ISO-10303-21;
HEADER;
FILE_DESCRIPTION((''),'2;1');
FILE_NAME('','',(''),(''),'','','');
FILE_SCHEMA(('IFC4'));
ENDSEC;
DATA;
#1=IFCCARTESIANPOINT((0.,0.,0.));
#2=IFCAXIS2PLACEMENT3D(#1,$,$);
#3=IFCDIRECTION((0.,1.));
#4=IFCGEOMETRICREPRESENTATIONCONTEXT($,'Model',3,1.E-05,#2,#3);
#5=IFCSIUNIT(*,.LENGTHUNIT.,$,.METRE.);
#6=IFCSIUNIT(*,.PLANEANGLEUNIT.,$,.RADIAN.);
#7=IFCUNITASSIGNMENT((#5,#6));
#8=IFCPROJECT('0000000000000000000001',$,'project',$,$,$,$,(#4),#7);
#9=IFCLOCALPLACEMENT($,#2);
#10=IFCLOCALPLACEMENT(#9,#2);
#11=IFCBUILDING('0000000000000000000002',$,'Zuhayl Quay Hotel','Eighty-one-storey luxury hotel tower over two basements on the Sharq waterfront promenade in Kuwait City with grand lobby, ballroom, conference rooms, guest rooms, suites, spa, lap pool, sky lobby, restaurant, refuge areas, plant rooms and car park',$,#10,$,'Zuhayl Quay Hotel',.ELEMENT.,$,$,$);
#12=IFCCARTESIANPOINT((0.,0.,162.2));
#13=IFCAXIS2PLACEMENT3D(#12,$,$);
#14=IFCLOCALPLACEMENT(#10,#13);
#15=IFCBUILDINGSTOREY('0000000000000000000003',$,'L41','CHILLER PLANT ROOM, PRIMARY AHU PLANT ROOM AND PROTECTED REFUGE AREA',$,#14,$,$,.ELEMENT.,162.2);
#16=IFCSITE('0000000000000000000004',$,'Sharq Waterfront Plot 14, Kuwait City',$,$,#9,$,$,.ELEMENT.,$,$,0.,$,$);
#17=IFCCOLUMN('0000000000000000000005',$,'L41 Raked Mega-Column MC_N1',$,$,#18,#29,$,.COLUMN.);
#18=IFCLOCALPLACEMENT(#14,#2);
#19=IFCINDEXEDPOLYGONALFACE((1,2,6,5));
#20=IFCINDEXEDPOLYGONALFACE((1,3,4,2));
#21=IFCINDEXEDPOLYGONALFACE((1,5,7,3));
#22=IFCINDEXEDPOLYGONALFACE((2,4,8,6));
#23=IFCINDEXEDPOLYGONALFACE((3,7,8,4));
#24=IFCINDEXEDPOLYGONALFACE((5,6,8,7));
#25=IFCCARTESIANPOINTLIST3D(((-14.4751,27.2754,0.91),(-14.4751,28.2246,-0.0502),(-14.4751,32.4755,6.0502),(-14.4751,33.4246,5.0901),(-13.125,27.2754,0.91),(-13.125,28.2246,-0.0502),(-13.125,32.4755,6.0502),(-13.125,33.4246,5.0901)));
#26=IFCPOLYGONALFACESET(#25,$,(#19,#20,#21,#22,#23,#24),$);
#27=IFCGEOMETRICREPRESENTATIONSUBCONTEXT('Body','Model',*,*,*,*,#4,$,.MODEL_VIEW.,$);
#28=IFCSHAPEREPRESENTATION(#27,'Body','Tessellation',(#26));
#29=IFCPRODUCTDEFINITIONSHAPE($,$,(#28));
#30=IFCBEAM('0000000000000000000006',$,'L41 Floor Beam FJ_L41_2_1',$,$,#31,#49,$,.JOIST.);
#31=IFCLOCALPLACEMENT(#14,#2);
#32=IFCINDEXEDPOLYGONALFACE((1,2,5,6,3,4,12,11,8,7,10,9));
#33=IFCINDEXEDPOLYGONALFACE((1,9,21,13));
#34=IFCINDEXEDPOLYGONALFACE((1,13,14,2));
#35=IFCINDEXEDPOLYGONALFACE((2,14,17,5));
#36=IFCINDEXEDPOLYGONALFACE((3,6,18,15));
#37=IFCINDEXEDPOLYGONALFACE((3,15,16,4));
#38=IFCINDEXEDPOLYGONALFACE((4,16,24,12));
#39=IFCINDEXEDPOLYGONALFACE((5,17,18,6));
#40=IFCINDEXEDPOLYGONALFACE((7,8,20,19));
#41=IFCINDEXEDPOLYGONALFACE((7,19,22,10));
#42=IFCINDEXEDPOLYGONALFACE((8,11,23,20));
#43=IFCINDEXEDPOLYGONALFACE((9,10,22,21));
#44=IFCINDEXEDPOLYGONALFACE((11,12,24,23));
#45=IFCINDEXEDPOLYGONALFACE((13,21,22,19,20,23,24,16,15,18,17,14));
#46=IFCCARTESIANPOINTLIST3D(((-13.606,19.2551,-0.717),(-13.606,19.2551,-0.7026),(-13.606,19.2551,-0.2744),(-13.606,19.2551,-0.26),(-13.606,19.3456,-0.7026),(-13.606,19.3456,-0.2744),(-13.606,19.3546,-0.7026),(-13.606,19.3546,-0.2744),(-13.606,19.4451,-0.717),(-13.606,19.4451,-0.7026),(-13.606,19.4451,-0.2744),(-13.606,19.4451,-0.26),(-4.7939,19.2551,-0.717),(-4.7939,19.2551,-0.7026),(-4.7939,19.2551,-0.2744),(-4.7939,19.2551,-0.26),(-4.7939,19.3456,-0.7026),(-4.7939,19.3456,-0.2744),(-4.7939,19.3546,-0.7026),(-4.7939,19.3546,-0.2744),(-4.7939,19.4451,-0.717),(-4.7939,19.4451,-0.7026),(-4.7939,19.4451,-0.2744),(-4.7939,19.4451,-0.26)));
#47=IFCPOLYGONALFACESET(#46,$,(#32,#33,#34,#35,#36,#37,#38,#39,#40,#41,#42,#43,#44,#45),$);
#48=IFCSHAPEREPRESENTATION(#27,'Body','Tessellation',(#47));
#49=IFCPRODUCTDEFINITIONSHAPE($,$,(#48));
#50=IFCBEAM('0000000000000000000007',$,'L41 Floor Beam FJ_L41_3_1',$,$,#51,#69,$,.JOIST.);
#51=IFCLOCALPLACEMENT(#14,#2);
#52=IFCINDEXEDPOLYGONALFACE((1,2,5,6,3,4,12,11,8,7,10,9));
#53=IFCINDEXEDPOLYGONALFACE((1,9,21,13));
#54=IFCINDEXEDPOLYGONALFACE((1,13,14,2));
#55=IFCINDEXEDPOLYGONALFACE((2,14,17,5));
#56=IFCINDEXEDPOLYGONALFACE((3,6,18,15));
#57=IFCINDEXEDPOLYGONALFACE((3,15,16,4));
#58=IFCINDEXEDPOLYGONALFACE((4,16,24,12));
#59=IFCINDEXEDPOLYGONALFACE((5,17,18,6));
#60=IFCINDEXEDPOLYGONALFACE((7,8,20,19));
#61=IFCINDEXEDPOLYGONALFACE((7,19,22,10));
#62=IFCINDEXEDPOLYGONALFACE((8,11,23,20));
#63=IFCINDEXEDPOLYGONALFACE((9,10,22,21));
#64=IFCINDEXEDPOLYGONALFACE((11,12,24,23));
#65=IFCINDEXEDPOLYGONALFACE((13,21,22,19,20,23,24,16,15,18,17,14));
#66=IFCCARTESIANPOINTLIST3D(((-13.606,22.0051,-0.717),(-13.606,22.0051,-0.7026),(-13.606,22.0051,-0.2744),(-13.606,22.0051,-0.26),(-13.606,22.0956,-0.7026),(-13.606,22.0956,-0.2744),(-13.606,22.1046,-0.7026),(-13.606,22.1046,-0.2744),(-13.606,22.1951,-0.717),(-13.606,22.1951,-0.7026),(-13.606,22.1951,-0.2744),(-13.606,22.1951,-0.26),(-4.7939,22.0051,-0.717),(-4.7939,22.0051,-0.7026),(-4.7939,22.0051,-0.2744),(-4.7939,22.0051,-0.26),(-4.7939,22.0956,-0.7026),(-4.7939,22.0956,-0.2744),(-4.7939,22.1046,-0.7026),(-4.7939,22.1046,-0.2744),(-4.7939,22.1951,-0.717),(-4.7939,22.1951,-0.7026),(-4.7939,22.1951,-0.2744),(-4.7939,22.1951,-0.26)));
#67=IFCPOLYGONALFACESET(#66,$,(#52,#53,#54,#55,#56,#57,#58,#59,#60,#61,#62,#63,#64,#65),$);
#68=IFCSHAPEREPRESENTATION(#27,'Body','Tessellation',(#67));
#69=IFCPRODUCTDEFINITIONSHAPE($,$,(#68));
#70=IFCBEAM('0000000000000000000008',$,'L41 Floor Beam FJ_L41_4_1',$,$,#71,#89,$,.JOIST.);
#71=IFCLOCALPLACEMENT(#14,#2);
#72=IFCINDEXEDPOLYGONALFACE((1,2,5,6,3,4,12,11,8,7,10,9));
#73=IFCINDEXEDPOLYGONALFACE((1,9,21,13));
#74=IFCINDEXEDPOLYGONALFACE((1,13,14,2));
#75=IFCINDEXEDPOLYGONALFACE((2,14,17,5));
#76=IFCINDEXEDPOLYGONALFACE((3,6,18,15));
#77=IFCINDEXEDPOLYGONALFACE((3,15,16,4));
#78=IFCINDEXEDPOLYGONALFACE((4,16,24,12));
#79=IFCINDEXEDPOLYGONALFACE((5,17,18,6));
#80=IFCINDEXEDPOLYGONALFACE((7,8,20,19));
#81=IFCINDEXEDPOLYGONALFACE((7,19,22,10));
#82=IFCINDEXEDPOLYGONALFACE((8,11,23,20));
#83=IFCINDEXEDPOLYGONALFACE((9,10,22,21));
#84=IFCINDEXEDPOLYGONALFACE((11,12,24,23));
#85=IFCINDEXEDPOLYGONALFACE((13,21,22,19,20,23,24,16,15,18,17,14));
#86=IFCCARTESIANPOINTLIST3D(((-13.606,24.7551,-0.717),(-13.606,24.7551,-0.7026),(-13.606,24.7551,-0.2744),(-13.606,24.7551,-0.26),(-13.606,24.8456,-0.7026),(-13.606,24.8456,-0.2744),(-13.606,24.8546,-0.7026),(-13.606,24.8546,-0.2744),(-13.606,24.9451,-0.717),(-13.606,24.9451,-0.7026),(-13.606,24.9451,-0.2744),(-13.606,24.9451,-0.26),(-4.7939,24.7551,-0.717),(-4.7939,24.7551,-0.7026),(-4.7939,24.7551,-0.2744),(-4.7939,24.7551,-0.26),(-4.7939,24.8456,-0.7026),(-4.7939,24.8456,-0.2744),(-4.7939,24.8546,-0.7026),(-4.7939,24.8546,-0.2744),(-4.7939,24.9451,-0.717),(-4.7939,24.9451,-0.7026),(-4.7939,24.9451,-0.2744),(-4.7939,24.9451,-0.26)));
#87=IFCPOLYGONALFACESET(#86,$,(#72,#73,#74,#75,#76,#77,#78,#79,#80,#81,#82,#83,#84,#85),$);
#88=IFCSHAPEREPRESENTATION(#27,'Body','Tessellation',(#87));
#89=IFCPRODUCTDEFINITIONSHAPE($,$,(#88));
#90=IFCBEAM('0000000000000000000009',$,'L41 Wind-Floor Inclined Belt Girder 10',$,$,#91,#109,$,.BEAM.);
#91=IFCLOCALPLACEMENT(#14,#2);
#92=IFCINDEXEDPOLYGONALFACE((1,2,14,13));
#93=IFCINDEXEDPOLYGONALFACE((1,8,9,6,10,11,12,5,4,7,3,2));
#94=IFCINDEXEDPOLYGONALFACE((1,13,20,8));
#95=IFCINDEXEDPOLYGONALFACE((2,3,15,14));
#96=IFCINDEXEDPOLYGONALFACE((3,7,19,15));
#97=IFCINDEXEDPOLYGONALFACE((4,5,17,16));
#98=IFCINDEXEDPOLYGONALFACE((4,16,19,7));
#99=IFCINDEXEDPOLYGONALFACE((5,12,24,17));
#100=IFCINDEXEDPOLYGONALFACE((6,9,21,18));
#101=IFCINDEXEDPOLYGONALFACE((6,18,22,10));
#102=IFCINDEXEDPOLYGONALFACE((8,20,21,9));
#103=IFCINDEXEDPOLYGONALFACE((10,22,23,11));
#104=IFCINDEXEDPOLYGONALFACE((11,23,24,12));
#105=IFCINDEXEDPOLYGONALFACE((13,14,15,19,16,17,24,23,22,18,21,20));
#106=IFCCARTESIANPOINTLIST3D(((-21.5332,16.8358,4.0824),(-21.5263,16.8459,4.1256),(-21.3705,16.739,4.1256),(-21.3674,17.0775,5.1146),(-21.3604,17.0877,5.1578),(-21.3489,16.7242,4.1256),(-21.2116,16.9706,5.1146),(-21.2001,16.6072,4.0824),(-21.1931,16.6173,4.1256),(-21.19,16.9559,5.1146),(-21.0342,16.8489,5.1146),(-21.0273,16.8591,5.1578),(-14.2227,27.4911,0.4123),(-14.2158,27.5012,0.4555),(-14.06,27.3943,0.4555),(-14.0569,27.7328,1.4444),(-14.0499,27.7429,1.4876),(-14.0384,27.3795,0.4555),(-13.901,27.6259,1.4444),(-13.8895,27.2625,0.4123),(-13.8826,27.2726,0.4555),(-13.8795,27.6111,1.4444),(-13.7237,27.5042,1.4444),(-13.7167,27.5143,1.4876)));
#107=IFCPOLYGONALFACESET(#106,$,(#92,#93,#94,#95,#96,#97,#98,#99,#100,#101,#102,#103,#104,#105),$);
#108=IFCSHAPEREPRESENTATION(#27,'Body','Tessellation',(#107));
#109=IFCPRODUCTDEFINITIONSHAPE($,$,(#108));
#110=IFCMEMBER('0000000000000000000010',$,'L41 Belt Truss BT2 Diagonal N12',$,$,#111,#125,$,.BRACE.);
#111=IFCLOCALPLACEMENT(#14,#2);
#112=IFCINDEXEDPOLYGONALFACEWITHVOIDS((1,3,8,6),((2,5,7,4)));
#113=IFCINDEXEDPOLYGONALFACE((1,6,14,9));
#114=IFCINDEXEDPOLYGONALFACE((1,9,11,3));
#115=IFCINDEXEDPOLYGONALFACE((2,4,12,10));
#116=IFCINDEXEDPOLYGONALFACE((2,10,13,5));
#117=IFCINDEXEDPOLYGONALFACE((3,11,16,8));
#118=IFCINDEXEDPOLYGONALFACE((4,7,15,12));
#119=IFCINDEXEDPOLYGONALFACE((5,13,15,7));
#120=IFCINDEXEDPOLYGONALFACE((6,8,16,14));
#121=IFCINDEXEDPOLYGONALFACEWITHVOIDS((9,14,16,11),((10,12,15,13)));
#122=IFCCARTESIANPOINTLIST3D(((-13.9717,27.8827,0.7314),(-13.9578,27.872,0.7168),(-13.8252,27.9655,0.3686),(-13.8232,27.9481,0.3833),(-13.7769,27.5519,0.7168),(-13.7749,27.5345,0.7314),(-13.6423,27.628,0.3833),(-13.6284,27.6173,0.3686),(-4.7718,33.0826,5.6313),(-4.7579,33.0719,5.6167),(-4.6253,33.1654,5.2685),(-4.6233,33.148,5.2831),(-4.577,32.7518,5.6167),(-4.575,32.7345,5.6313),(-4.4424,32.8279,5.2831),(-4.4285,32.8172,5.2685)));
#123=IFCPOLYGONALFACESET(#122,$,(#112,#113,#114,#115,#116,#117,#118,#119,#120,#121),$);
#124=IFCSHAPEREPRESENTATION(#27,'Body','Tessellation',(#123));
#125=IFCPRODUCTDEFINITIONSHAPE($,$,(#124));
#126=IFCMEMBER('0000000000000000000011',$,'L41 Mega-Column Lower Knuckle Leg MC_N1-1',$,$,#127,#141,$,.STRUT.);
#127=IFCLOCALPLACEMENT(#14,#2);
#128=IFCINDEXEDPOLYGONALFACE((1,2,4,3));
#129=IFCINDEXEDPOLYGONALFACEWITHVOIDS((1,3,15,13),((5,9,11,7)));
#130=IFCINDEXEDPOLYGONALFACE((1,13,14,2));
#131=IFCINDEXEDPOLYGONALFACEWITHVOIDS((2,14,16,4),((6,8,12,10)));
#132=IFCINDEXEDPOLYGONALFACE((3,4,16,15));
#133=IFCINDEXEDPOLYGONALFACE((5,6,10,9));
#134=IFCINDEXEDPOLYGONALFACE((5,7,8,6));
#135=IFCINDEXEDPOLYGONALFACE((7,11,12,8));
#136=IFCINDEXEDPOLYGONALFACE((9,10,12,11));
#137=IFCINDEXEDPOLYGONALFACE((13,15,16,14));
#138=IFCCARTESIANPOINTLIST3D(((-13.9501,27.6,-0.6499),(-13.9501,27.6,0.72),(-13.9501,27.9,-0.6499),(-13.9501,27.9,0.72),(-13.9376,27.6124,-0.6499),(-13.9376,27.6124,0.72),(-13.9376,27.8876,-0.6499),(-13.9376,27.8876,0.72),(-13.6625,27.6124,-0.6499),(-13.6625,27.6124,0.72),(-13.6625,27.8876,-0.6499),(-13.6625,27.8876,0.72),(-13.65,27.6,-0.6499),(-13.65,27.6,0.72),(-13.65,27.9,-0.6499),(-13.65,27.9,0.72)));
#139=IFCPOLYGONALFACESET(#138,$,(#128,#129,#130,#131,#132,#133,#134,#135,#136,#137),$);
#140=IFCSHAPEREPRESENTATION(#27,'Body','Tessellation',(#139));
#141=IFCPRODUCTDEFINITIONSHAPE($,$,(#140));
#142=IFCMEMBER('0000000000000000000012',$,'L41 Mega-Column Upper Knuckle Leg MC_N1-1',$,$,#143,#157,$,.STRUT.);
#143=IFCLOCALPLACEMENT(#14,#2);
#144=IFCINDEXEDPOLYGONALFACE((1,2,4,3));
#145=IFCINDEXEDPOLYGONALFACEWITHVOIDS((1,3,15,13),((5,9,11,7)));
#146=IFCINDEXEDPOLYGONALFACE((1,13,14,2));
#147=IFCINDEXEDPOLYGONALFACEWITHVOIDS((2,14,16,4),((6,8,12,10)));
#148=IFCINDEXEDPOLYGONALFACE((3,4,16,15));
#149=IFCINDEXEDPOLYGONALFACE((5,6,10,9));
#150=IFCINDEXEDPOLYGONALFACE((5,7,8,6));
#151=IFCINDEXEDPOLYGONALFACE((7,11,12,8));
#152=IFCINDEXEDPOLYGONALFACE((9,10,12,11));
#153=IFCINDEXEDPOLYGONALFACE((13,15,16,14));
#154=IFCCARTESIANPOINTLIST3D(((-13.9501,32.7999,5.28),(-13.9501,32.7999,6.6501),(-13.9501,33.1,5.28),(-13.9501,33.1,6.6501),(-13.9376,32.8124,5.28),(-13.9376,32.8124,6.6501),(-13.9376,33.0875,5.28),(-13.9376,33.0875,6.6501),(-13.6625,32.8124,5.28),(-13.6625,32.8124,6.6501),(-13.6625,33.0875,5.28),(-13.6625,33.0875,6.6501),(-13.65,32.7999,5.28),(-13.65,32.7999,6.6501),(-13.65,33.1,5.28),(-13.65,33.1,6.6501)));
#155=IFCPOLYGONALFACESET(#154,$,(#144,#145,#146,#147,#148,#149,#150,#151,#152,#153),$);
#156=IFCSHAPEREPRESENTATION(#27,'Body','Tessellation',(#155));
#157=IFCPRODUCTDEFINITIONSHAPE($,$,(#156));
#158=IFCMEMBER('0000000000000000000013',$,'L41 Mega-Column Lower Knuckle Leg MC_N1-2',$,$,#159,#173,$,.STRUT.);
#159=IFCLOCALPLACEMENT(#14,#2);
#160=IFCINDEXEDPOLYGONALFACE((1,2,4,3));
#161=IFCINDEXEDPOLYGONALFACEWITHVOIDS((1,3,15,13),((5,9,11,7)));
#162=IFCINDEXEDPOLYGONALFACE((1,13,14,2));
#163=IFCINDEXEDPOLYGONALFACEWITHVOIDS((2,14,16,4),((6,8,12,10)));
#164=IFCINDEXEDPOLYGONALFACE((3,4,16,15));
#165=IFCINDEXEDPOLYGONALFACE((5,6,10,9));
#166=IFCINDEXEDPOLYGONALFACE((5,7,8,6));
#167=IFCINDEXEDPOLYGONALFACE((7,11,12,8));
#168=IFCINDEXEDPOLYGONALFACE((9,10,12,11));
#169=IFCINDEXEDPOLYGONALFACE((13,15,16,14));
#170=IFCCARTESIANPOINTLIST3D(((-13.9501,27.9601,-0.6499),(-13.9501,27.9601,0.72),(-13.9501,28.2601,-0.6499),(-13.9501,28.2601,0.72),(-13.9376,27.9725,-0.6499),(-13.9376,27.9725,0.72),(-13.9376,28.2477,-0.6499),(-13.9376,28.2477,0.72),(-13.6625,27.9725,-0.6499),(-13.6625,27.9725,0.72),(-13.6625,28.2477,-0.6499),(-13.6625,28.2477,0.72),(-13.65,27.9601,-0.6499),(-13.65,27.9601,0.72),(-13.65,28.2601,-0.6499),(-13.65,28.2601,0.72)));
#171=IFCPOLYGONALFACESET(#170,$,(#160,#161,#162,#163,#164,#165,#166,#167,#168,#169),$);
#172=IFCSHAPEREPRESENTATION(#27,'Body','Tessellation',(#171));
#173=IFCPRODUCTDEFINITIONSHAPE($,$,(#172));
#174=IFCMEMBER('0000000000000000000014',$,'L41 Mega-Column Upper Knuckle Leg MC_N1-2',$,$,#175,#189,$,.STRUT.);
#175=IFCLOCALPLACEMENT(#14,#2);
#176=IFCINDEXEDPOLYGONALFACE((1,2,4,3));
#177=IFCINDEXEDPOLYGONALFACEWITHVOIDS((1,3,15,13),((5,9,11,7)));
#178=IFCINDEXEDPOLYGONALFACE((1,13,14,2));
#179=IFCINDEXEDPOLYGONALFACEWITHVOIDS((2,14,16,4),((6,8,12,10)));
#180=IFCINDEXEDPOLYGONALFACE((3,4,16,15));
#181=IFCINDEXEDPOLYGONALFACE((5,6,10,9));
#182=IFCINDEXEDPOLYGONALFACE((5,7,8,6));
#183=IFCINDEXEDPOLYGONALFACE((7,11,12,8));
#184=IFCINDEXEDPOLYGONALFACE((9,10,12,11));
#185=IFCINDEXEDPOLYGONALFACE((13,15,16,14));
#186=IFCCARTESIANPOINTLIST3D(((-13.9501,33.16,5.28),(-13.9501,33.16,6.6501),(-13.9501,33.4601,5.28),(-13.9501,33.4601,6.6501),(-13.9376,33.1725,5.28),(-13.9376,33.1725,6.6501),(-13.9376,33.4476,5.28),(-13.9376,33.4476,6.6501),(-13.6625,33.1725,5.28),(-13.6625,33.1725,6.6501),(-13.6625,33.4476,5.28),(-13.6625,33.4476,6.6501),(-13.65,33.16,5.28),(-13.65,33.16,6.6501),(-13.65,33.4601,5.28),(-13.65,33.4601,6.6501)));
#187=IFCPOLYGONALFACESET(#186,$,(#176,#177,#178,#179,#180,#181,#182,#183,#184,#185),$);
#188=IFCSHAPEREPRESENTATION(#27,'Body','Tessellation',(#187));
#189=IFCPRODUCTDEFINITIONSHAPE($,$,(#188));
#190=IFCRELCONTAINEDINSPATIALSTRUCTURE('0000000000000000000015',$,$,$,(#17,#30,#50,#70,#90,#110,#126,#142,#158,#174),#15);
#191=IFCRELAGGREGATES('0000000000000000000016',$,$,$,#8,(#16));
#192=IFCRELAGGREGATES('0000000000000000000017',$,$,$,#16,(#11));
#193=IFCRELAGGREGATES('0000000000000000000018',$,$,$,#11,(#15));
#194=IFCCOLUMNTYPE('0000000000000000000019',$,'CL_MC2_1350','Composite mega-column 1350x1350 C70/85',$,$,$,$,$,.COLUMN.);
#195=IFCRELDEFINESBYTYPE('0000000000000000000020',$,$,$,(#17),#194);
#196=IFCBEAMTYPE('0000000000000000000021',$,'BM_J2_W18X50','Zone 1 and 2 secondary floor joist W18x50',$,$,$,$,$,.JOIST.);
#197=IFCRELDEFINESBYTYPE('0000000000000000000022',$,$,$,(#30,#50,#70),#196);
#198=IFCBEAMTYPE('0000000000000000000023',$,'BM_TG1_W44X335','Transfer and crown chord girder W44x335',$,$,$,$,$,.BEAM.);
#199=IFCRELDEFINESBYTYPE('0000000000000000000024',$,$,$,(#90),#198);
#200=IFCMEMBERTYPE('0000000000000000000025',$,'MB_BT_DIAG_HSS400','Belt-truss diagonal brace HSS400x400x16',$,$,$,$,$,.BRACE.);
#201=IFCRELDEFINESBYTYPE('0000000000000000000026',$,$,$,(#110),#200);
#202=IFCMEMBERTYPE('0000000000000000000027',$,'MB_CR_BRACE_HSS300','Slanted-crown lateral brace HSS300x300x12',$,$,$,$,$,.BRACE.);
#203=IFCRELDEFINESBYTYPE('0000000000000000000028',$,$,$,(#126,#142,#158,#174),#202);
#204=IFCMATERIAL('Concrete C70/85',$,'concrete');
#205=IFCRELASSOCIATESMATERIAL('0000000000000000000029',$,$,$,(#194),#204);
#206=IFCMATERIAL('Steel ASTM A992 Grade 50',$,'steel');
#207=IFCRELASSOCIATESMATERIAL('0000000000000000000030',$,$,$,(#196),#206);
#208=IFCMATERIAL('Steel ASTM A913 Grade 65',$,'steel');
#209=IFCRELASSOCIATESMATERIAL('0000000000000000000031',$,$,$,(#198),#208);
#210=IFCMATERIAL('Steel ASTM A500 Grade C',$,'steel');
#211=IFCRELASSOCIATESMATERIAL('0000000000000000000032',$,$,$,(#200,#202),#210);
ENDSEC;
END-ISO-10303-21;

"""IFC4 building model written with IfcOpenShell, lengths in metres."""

from ifc_helpers import new_model, si_unit, direction, frame, origin, origin_2d, place, context, subcontext, project, spatial, rectangle, hollow_rectangle, i_section, extrude, material, material_profile, profile_set, type_object, element, save


model = new_model("IFC4")

# Units and contexts
model_context = context("Model", 3, precision=1e-05, world=origin(), true_north=direction((0.0, 1.0)))
body_context = subcontext(model_context, "Body", "Model", "MODEL_VIEW")
ifc_project = project(units=[si_unit("LENGTHUNIT", "METRE"), si_unit("PLANEANGLEUNIT", "RADIAN")], contexts=[model_context])

# Site, building, storey
site_placement = place(None, origin())
site = spatial("IfcSite", under=ifc_project, at=site_placement, Name="Sharq Waterfront Plot 14, Kuwait City", CompositionType="ELEMENT", RefElevation=0.0)
building_placement = place(site_placement, origin())
building = spatial("IfcBuilding", under=site, at=building_placement, Name="Zuhayl Quay Hotel", Description="Eighty-one-storey luxury hotel tower over two basements on the Sharq waterfront promenade in Kuwait City with grand lobby, ballroom, conference rooms, guest rooms, suites, spa, lap pool, sky lobby, restaurant, refuge areas, plant rooms and car park", LongName="Zuhayl Quay Hotel", CompositionType="ELEMENT")
storey_placement = place(building_placement, frame((0.0, 0.0, 162.2)))
storey = spatial("IfcBuildingStorey", under=building, at=storey_placement, Name="L41", Description="CHILLER PLANT ROOM, PRIMARY AHU PLANT ROOM AND PROTECTED REFUGE AREA", CompositionType="ELEMENT", Elevation=162.2)

# Column
ifc_material_1 = material(Name="Concrete C70/85", Category="concrete")
ifc_material_profile_1 = material_profile(ifc_material_1, rectangle(XDim=1.3501, YDim=1.3501, at=origin_2d()), Name="RC1350X1350")
ifc_profile_set_1 = profile_set([ifc_material_profile_1], Name="Concrete C70/85")
column_type = type_object("IfcColumnType", Name="CL_MC2_1350", Description="Composite mega-column 1350x1350 C70/85", PredefinedType="COLUMN", material=ifc_profile_set_1)
column_placement = place(storey_placement, frame((-13.8, 27.75, 0.4299), z_axis=(0.0, 0.711185, 0.703005), x_axis=(-1.0, 0.0, 0.0)))
element("IfcColumn", 1, at=column_placement, inside=storey, type_object=column_type, Name="L41 Raked Mega-Column MC_N1", PredefinedType="COLUMN", context=body_context, shape_type="SweptSolid", body=[
    extrude(rectangle(XDim=1.3501, YDim=1.3501, at=origin_2d()), origin(), (0.0, 0.0, 1.0), 7.3118),
])

# Beams
ifc_material_2 = material(Name="Steel ASTM A992 Grade 50", Category="steel")
ifc_material_profile_2 = material_profile(ifc_material_2, i_section(OverallWidth=0.1899, OverallDepth=0.457, WebThickness=0.009, FlangeThickness=0.0144, at=origin_2d()), Name="W18X50")
ifc_profile_set_2 = profile_set([ifc_material_profile_2], Name="Steel ASTM A992 Grade 50")
beam_type_1 = type_object("IfcBeamType", Name="BM_J2_W18X50", Description="Zone 1 and 2 secondary floor joist W18x50", PredefinedType="JOIST", material=ifc_profile_set_2)
for number, where, z_axis, x_axis, name in (
    (2, (-13.606, 19.3501, -0.4885), (1.0, 0.0, 0.0), (0.0, 1.0, 0.0), "L41 Floor Beam FJ_L41_2_1"),
    (3, (-13.606, 22.1001, -0.4885), (1.0, 0.0, 0.0), (0.0, 1.0, 0.0), "L41 Floor Beam FJ_L41_3_1"),
    (4, (-13.606, 24.8501, -0.4885), (1.0, 0.0, 0.0), (0.0, 1.0, 0.0), "L41 Floor Beam FJ_L41_4_1"),
):
    element("IfcBeam", number, at=place(storey_placement, frame(where, z_axis=z_axis, x_axis=x_axis)), inside=storey, type_object=beam_type_1, Name=name, PredefinedType="JOIST", context=body_context, shape_type="SweptSolid", body=[
        extrude(i_section(OverallWidth=0.1899, OverallDepth=0.457, WebThickness=0.009, FlangeThickness=0.0144, at=origin_2d()), origin(), (0.0, 0.0, 1.0), 8.812),
    ])
ifc_material_3 = material(Name="Steel ASTM A913 Grade 65", Category="steel")
ifc_material_profile_3 = material_profile(ifc_material_3, i_section(OverallWidth=0.4041, OverallDepth=1.1179, WebThickness=0.0261, FlangeThickness=0.0449, at=origin_2d()), Name="W44X335")
ifc_profile_set_3 = profile_set([ifc_material_profile_3], Name="Steel ASTM A913 Grade 65")
beam_type_2 = type_object("IfcBeamType", Name="BM_TG1_W44X335", Description="Transfer and crown chord girder W44x335", PredefinedType="BEAM", material=ifc_profile_set_3)
beam_placement = place(storey_placement, frame((-13.9697, 27.5027, 0.95), z_axis=(-0.544218, -0.793208, 0.273217), x_axis=(0.824582, -0.565743, 0.0)))
element("IfcBeam", 5, at=beam_placement, inside=storey, type_object=beam_type_2, Name="L41 Wind-Floor Inclined Belt Girder 10", PredefinedType="BEAM", context=body_context, shape_type="SweptSolid", body=[
    extrude(i_section(OverallWidth=0.4041, OverallDepth=1.1179, WebThickness=0.0261, FlangeThickness=0.0449, at=origin_2d()), origin(), (0.0, 0.0, 1.0), 13.4331),
])

# Members
ifc_material_4 = material(Name="Steel ASTM A500 Grade C", Category="steel")
ifc_material_profile_4 = material_profile(ifc_material_4, hollow_rectangle(XDim=0.3999, YDim=0.3999, WallThickness=0.0161, at=origin_2d()), Name="HSS400X400X16")
ifc_profile_set_4 = profile_set([ifc_material_profile_4], Name="Steel ASTM A500 Grade C")
member_type_1 = type_object("IfcMemberType", Name="MB_BT_DIAG_HSS400", Description="Belt-truss diagonal brace HSS400x400x16", PredefinedType="BRACE", material=ifc_profile_set_4)
member_1_placement = place(storey_placement, frame((-13.8, 27.75, 0.55), z_axis=(0.789797, 0.446405, 0.420647), x_axis=(-0.492056, 0.870564, 0.0)))
element("IfcMember", 6, at=member_1_placement, inside=storey, type_object=member_type_1, Name="L41 Belt Truss BT2 Diagonal N12", PredefinedType="BRACE", context=body_context, shape_type="SweptSolid", body=[
    extrude(hollow_rectangle(XDim=0.3999, YDim=0.3999, WallThickness=0.0161, at=origin_2d()), origin(), (0.0, 0.0, 1.0), 11.6484),
])
ifc_material_profile_5 = material_profile(ifc_material_4, hollow_rectangle(XDim=0.3, YDim=0.3, WallThickness=0.0125, at=origin_2d()), Name="HSS300X300X12")
ifc_profile_set_5 = profile_set([ifc_material_profile_5], Name="Steel ASTM A500 Grade C")
member_type_2 = type_object("IfcMemberType", Name="MB_CR_BRACE_HSS300", Description="Slanted-crown lateral brace HSS300x300x12", PredefinedType="BRACE", material=ifc_profile_set_5)
member_2_placement = place(storey_placement, frame((-13.8, 27.75, -0.6499), z_axis=(0.0, 0.0, 1.0), x_axis=(1.0, 0.0, 0.0)))
element("IfcMember", 7, at=member_2_placement, inside=storey, type_object=member_type_2, Name="L41 Mega-Column Lower Knuckle Leg MC_N1-1", PredefinedType="STRUT", context=body_context, shape_type="SweptSolid", body=[
    extrude(hollow_rectangle(XDim=0.3, YDim=0.3, WallThickness=0.0125, at=origin_2d()), origin(), (0.0, 0.0, 1.0), 1.3699),
])
member_3_placement = place(storey_placement, frame((-13.8, 32.95, 5.28), z_axis=(0.0, 0.0, 1.0), x_axis=(1.0, 0.0, 0.0)))
element("IfcMember", 8, at=member_3_placement, inside=storey, type_object=member_type_2, Name="L41 Mega-Column Upper Knuckle Leg MC_N1-1", PredefinedType="STRUT", context=body_context, shape_type="SweptSolid", body=[
    extrude(hollow_rectangle(XDim=0.3, YDim=0.3, WallThickness=0.0125, at=origin_2d()), origin(), (0.0, 0.0, 1.0), 1.3701),
])
member_4_placement = place(storey_placement, frame((-13.8, 28.1101, -0.6499), z_axis=(0.0, 0.0, 1.0), x_axis=(1.0, 0.0, 0.0)))
element("IfcMember", 9, at=member_4_placement, inside=storey, type_object=member_type_2, Name="L41 Mega-Column Lower Knuckle Leg MC_N1-2", PredefinedType="STRUT", context=body_context, shape_type="SweptSolid", body=[
    extrude(hollow_rectangle(XDim=0.3, YDim=0.3, WallThickness=0.0125, at=origin_2d()), origin(), (0.0, 0.0, 1.0), 1.3699),
])
member_5_placement = place(storey_placement, frame((-13.8, 33.3101, 5.28), z_axis=(0.0, 0.0, 1.0), x_axis=(1.0, 0.0, 0.0)))
element("IfcMember", 10, at=member_5_placement, inside=storey, type_object=member_type_2, Name="L41 Mega-Column Upper Knuckle Leg MC_N1-2", PredefinedType="STRUT", context=body_context, shape_type="SweptSolid", body=[
    extrude(hollow_rectangle(XDim=0.3, YDim=0.3, WallThickness=0.0125, at=origin_2d()), origin(), (0.0, 0.0, 1.0), 1.3701),
])

save(model, "model.ifc")
